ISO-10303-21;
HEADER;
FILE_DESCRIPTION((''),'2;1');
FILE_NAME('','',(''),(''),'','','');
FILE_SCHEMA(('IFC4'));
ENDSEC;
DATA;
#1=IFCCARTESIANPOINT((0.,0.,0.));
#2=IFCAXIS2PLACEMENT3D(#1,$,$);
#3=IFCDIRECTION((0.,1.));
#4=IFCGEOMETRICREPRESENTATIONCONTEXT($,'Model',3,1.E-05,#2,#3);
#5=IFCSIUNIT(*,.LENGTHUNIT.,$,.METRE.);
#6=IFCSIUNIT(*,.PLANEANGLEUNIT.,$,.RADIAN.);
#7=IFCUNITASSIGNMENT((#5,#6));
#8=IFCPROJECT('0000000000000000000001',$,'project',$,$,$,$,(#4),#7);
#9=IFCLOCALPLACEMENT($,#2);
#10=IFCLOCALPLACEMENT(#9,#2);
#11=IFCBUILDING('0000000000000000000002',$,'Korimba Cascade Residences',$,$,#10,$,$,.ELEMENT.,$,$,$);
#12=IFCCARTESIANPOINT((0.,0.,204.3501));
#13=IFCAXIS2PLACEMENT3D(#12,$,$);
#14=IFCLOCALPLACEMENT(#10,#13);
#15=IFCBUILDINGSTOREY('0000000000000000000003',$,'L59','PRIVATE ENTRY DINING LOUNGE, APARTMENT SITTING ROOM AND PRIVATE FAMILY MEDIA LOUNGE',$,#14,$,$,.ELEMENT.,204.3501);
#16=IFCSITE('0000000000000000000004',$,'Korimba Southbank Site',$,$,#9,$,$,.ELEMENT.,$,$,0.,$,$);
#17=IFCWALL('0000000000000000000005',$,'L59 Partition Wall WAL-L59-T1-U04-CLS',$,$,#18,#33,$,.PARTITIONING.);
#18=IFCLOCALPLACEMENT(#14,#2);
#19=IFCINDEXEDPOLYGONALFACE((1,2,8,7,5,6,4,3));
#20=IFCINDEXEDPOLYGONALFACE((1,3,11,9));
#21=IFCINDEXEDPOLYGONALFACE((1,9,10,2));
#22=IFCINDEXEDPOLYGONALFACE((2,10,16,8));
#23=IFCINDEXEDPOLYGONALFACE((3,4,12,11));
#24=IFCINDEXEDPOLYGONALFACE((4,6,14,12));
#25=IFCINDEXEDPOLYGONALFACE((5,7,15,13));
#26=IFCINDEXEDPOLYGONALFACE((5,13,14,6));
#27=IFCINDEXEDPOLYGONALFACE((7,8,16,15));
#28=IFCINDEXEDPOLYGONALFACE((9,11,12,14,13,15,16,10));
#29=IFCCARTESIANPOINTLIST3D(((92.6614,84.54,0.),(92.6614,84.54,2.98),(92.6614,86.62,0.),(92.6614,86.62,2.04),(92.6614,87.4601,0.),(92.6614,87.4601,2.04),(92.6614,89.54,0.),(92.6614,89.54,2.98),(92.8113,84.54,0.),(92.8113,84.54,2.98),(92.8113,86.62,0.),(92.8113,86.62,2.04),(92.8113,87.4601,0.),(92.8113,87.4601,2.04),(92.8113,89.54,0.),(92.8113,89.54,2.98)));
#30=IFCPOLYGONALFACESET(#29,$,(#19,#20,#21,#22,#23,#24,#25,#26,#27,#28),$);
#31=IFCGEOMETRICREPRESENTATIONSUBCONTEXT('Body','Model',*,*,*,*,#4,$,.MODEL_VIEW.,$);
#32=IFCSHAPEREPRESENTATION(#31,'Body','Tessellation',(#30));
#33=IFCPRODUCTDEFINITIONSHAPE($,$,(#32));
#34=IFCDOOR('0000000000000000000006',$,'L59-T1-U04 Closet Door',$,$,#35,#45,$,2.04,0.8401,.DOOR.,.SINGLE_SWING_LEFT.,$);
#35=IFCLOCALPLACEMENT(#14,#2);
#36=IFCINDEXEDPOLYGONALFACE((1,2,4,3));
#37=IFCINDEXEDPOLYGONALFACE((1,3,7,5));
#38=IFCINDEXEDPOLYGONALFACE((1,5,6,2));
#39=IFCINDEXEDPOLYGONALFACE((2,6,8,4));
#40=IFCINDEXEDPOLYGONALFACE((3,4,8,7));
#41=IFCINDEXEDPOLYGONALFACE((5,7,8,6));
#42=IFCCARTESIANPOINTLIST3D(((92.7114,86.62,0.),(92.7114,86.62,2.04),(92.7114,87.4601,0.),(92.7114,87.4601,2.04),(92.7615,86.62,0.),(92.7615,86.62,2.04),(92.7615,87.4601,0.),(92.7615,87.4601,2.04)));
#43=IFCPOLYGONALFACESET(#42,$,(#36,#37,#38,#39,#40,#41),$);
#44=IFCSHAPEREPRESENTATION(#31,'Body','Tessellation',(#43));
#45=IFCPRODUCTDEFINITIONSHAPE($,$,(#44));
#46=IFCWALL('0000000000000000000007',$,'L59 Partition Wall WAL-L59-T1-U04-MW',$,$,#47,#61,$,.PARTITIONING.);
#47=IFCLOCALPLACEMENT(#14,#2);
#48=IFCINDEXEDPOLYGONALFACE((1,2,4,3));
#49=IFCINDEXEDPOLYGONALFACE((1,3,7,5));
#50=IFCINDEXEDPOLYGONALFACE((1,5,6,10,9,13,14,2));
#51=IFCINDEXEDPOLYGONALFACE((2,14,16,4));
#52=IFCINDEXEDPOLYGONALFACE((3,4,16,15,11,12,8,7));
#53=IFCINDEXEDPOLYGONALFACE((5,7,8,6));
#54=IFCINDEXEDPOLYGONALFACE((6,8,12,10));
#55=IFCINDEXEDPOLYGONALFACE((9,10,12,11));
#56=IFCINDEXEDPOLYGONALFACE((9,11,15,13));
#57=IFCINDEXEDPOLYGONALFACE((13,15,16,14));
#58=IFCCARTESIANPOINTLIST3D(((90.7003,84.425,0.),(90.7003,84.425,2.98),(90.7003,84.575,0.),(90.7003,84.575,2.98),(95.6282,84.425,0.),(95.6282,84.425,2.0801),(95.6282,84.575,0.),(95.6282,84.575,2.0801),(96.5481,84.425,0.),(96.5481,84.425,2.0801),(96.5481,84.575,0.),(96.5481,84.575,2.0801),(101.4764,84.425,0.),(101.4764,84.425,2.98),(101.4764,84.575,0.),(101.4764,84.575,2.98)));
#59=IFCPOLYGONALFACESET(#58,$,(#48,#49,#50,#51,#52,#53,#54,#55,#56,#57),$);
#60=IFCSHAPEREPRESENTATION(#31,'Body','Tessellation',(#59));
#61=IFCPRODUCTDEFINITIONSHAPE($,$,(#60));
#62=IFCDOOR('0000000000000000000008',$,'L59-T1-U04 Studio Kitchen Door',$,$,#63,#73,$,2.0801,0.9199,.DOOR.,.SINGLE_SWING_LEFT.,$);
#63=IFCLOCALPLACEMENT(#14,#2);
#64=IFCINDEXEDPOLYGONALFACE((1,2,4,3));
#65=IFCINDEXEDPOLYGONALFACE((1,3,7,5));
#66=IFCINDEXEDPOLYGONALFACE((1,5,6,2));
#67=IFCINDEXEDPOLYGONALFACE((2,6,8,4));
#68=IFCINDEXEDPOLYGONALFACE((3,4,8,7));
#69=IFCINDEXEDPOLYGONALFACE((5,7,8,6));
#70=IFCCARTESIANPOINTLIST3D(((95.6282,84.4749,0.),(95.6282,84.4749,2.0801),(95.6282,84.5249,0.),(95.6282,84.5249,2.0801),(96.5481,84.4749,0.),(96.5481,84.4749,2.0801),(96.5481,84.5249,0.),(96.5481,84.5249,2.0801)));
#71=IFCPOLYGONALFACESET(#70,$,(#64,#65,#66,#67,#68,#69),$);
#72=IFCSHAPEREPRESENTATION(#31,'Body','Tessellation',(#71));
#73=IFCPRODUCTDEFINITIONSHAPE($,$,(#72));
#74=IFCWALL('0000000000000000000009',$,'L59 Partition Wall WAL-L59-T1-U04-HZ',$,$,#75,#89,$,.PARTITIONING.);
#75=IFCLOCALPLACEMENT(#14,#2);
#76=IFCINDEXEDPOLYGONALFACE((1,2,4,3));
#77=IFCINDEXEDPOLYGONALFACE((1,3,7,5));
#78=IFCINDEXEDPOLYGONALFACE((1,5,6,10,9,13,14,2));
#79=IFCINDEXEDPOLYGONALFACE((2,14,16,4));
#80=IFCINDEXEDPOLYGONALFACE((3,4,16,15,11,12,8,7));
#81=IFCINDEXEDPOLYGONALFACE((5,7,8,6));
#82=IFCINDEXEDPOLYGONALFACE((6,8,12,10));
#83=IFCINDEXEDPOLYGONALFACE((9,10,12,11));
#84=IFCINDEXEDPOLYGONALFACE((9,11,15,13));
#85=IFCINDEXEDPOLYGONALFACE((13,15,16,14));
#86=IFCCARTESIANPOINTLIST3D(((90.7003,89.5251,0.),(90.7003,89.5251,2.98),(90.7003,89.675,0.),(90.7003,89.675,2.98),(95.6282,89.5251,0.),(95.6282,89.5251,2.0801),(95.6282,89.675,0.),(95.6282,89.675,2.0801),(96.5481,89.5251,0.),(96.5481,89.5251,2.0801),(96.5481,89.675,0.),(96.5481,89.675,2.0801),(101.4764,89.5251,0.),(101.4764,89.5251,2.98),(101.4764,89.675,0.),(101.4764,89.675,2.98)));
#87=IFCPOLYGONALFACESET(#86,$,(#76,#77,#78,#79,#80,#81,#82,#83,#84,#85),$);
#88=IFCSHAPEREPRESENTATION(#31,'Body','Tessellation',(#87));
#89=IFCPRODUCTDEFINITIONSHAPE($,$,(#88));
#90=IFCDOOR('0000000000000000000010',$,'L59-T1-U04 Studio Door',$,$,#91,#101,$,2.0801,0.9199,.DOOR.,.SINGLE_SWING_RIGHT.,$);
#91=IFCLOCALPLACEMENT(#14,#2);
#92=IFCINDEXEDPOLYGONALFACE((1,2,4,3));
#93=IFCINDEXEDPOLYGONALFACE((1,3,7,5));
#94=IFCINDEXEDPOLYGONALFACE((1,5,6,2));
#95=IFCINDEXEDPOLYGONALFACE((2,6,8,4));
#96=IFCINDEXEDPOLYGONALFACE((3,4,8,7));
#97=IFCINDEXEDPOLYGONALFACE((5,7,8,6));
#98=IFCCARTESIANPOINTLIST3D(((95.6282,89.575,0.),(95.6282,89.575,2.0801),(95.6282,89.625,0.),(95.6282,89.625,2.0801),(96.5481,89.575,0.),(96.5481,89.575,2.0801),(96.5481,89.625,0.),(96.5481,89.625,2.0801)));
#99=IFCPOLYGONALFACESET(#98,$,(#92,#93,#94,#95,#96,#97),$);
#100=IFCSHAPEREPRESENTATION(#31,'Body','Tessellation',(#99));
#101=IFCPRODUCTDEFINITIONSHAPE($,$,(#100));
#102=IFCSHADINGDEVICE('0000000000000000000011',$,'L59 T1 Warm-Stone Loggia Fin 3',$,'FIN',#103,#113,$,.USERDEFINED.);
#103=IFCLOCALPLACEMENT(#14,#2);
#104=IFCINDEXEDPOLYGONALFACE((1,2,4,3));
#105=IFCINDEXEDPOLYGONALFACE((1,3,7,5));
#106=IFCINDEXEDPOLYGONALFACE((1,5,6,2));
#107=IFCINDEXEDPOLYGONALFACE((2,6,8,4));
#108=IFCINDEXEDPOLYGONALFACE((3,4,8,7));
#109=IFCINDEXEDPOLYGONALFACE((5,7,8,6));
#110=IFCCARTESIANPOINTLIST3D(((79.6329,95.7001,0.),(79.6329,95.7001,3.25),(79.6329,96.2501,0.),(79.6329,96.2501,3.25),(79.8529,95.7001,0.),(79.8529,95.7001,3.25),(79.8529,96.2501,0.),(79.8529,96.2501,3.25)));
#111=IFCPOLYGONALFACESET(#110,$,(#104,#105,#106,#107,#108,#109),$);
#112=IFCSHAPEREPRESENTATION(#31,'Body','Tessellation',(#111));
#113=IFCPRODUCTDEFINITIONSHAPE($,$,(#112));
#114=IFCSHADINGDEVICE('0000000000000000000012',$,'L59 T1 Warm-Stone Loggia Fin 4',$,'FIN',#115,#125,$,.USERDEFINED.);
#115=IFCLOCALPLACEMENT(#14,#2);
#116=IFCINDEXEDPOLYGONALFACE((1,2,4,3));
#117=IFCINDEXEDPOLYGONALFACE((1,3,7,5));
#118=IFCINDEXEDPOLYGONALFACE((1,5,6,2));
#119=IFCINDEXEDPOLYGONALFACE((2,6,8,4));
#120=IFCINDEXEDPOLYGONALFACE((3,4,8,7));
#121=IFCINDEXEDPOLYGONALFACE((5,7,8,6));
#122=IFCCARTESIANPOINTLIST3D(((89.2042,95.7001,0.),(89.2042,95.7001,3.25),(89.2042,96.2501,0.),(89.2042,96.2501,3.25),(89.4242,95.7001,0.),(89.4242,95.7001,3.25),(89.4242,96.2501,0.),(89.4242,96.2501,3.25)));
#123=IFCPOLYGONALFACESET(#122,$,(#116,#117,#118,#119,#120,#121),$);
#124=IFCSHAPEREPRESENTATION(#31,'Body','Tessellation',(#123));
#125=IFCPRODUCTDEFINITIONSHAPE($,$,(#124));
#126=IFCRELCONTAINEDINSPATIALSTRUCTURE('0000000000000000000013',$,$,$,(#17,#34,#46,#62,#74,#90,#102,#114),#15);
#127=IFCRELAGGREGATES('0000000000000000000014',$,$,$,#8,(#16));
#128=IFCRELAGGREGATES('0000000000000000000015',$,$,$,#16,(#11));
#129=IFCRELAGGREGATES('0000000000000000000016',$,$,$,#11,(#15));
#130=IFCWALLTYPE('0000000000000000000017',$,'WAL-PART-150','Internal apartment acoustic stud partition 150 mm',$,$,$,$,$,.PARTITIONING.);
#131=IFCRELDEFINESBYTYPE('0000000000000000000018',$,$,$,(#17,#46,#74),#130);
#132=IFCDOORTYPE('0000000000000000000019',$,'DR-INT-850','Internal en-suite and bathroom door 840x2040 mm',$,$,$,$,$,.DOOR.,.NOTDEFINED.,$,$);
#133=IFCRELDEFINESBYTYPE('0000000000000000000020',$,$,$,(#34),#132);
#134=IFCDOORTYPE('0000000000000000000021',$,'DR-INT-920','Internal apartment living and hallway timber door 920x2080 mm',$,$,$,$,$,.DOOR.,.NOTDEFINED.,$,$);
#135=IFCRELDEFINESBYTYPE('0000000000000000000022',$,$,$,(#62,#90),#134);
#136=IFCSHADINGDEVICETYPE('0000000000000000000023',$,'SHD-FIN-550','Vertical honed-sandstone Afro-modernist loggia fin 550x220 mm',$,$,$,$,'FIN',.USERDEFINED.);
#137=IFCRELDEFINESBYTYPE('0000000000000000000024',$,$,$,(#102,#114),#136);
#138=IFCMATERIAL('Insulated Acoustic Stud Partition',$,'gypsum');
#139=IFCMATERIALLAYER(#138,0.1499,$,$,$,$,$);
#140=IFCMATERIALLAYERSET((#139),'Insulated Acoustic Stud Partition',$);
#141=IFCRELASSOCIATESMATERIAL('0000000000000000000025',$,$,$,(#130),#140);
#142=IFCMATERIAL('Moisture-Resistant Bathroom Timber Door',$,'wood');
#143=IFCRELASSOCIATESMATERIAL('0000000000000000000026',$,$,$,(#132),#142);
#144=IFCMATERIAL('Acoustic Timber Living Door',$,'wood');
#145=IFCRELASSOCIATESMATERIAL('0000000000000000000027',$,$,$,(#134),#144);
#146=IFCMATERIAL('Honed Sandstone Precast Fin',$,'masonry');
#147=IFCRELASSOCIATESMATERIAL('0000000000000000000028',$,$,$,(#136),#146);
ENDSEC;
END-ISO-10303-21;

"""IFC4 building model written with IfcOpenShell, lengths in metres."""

from ifc_helpers import new_model, si_unit, direction, frame, frame_2d, origin, origin_2d, place, context, subcontext, project, spatial, rectangle, extrude, material, layer, layer_set, type_object, element, fill, save


model = new_model("IFC4")

# Units and contexts
model_context = context("Model", 3, precision=1e-05, world=origin(), true_north=direction((0.0, 1.0)))
body_context = subcontext(model_context, "Body", "Model", "MODEL_VIEW")
ifc_project = project(units=[si_unit("LENGTHUNIT", "METRE"), si_unit("PLANEANGLEUNIT", "RADIAN")], contexts=[model_context])

# Site, building, storey
site_placement = place(None, origin())
site = spatial("IfcSite", under=ifc_project, at=site_placement, Name="Korimba Southbank Site", CompositionType="ELEMENT", RefElevation=0.0)
building_placement = place(site_placement, origin())
building = spatial("IfcBuilding", under=site, at=building_placement, Name="Korimba Cascade Residences", CompositionType="ELEMENT")
storey_placement = place(building_placement, frame((0.0, 0.0, 204.3501)))
storey = spatial("IfcBuildingStorey", under=building, at=storey_placement, Name="L59", Description="PRIVATE ENTRY DINING LOUNGE, APARTMENT SITTING ROOM AND PRIVATE FAMILY MEDIA LOUNGE", CompositionType="ELEMENT", Elevation=204.3501)

# Walls, openings, doors
ifc_material_1 = material(Name="Insulated Acoustic Stud Partition", Category="gypsum")
ifc_layer = layer(ifc_material_1, 0.1499)
ifc_layer_set = layer_set([ifc_layer], Name="Insulated Acoustic Stud Partition")
wall_type = type_object("IfcWallType", Name="WAL-PART-150", Description="Internal apartment acoustic stud partition 150 mm", PredefinedType="PARTITIONING", material=ifc_layer_set)
ifc_material_2 = material(Name="Moisture-Resistant Bathroom Timber Door", Category="wood")
door_type_1 = type_object("IfcDoorType", Name="DR-INT-850", Description="Internal en-suite and bathroom door 840x2040 mm", OperationType="NOTDEFINED", PredefinedType="DOOR", material=ifc_material_2)
ifc_material_3 = material(Name="Acoustic Timber Living Door", Category="wood")
door_type_2 = type_object("IfcDoorType", Name="DR-INT-920", Description="Internal apartment living and hallway timber door 920x2080 mm", OperationType="NOTDEFINED", PredefinedType="DOOR", material=ifc_material_3)
wall_1_placement = place(storey_placement, frame((92.7363, 84.54, 0.0), z_axis=(0.0, 0.0, 1.0), x_axis=(0.0, 1.0, 0.0)))
wall_1 = element("IfcWall", 1, at=wall_1_placement, inside=storey, type_object=wall_type, Name="L59 Partition Wall WAL-L59-T1-U04-CLS", PredefinedType="PARTITIONING", context=body_context, shape_type="SweptSolid", body=[
    extrude(rectangle(XDim=5.0, YDim=0.1499, at=frame_2d((2.5, 0.0))), origin(), (0.0, 0.0, 1.0), 2.98),
])
opening_1_placement = place(wall_1_placement, frame((2.0801, 0.0, 0.0)))
opening_1 = element("IfcOpeningElement", 2, at=opening_1_placement, cuts=wall_1, PredefinedType="OPENING", context=body_context, shape_type="SweptSolid", body=[
    extrude(rectangle(XDim=0.8401, YDim=2.04, at=frame_2d((0.4199, 1.02))), frame((0.0, 0.085, 0.0), z_axis=(0.0, -1.0, 0.0), x_axis=(1.0, 0.0, 0.0)), (0.0, 0.0, 1.0), 0.1699),
])
door_1_placement = place(opening_1_placement, origin())
door_1 = element("IfcDoor", 3, at=door_1_placement, inside=storey, type_object=door_type_1, Name="L59-T1-U04 Closet Door", OperationType="SINGLE_SWING_LEFT", OverallHeight=2.04, OverallWidth=0.8401, PredefinedType="DOOR", context=body_context, shape_type="SweptSolid", body=[
    extrude(rectangle(XDim=0.8401, YDim=2.04, at=frame_2d((0.4199, 1.02))), frame((0.0, 0.0249, 0.0), z_axis=(0.0, -1.0, 0.0), x_axis=(1.0, 0.0, 0.0)), (0.0, 0.0, 1.0), 0.05),
])
fill(opening_1, door_1)
wall_2_placement = place(storey_placement, frame((90.7002, 84.5, 0.0), z_axis=(0.0, 0.0, 1.0), x_axis=(1.0, 0.0, 0.0)))
wall_2 = element("IfcWall", 4, at=wall_2_placement, inside=storey, type_object=wall_type, Name="L59 Partition Wall WAL-L59-T1-U04-MW", PredefinedType="PARTITIONING", context=body_context, shape_type="SweptSolid", body=[
    extrude(rectangle(XDim=10.7761, YDim=0.1499, at=frame_2d((5.3882, 0.0))), origin(), (0.0, 0.0, 1.0), 2.98),
])
opening_2_placement = place(wall_2_placement, frame((4.928, 0.0, 0.0)))
opening_2 = element("IfcOpeningElement", 5, at=opening_2_placement, cuts=wall_2, PredefinedType="OPENING", context=body_context, shape_type="SweptSolid", body=[
    extrude(rectangle(XDim=0.9199, YDim=2.0801, at=frame_2d((0.46, 1.04))), frame((0.0, 0.085, 0.0), z_axis=(0.0, -1.0, 0.0), x_axis=(1.0, 0.0, 0.0)), (0.0, 0.0, 1.0), 0.1699),
])
door_2_placement = place(opening_2_placement, origin())
door_2 = element("IfcDoor", 6, at=door_2_placement, inside=storey, type_object=door_type_2, Name="L59-T1-U04 Studio Kitchen Door", OperationType="SINGLE_SWING_LEFT", OverallHeight=2.0801, OverallWidth=0.9199, PredefinedType="DOOR", context=body_context, shape_type="SweptSolid", body=[
    extrude(rectangle(XDim=0.9199, YDim=2.0801, at=frame_2d((0.46, 1.04))), frame((0.0, 0.0249, 0.0), z_axis=(0.0, -1.0, 0.0), x_axis=(1.0, 0.0, 0.0)), (0.0, 0.0, 1.0), 0.05),
])
fill(opening_2, door_2)
wall_3_placement = place(storey_placement, frame((90.7002, 89.6001, 0.0), z_axis=(0.0, 0.0, 1.0), x_axis=(1.0, 0.0, 0.0)))
wall_3 = element("IfcWall", 7, at=wall_3_placement, inside=storey, type_object=wall_type, Name="L59 Partition Wall WAL-L59-T1-U04-HZ", PredefinedType="PARTITIONING", context=body_context, shape_type="SweptSolid", body=[
    extrude(rectangle(XDim=10.7761, YDim=0.1499, at=frame_2d((5.3882, 0.0))), origin(), (0.0, 0.0, 1.0), 2.98),
])
opening_3_placement = place(wall_3_placement, frame((4.928, 0.0, 0.0)))
opening_3 = element("IfcOpeningElement", 8, at=opening_3_placement, cuts=wall_3, PredefinedType="OPENING", context=body_context, shape_type="SweptSolid", body=[
    extrude(rectangle(XDim=0.9199, YDim=2.0801, at=frame_2d((0.46, 1.04))), frame((0.0, 0.085, 0.0), z_axis=(0.0, -1.0, 0.0), x_axis=(1.0, 0.0, 0.0)), (0.0, 0.0, 1.0), 0.1699),
])
door_3_placement = place(opening_3_placement, origin())
door_3 = element("IfcDoor", 9, at=door_3_placement, inside=storey, type_object=door_type_2, Name="L59-T1-U04 Studio Door", OperationType="SINGLE_SWING_RIGHT", OverallHeight=2.0801, OverallWidth=0.9199, PredefinedType="DOOR", context=body_context, shape_type="SweptSolid", body=[
    extrude(rectangle(XDim=0.9199, YDim=2.0801, at=frame_2d((0.46, 1.04))), frame((0.0, 0.0249, 0.0), z_axis=(0.0, -1.0, 0.0), x_axis=(1.0, 0.0, 0.0)), (0.0, 0.0, 1.0), 0.05),
])
fill(opening_3, door_3)

# Shading devices
ifc_material_4 = material(Name="Honed Sandstone Precast Fin", Category="masonry")
shading_device_type = type_object("IfcShadingDeviceType", Name="SHD-FIN-550", Description="Vertical honed-sandstone Afro-modernist loggia fin 550x220 mm", ElementType="FIN", PredefinedType="USERDEFINED", material=ifc_material_4)
for number, where, z_axis, x_axis, name in (
    (10, (79.7429, 95.9751, 0.0), (0.0, 0.0, 1.0), (1.0, 0.0, 0.0), "L59 T1 Warm-Stone Loggia Fin 3"),
    (11, (89.3142, 95.9751, 0.0), (0.0, 0.0, 1.0), (1.0, 0.0, 0.0), "L59 T1 Warm-Stone Loggia Fin 4"),
):
    element("IfcShadingDevice", number, at=place(storey_placement, frame(where, z_axis=z_axis, x_axis=x_axis)), inside=storey, type_object=shading_device_type, Name=name, ObjectType="FIN", PredefinedType="USERDEFINED", context=body_context, shape_type="SweptSolid", body=[
        extrude(rectangle(XDim=0.22, YDim=0.55, at=origin_2d()), origin(), (0.0, 0.0, 1.0), 3.25),
    ])

save(model, "model.ifc")
